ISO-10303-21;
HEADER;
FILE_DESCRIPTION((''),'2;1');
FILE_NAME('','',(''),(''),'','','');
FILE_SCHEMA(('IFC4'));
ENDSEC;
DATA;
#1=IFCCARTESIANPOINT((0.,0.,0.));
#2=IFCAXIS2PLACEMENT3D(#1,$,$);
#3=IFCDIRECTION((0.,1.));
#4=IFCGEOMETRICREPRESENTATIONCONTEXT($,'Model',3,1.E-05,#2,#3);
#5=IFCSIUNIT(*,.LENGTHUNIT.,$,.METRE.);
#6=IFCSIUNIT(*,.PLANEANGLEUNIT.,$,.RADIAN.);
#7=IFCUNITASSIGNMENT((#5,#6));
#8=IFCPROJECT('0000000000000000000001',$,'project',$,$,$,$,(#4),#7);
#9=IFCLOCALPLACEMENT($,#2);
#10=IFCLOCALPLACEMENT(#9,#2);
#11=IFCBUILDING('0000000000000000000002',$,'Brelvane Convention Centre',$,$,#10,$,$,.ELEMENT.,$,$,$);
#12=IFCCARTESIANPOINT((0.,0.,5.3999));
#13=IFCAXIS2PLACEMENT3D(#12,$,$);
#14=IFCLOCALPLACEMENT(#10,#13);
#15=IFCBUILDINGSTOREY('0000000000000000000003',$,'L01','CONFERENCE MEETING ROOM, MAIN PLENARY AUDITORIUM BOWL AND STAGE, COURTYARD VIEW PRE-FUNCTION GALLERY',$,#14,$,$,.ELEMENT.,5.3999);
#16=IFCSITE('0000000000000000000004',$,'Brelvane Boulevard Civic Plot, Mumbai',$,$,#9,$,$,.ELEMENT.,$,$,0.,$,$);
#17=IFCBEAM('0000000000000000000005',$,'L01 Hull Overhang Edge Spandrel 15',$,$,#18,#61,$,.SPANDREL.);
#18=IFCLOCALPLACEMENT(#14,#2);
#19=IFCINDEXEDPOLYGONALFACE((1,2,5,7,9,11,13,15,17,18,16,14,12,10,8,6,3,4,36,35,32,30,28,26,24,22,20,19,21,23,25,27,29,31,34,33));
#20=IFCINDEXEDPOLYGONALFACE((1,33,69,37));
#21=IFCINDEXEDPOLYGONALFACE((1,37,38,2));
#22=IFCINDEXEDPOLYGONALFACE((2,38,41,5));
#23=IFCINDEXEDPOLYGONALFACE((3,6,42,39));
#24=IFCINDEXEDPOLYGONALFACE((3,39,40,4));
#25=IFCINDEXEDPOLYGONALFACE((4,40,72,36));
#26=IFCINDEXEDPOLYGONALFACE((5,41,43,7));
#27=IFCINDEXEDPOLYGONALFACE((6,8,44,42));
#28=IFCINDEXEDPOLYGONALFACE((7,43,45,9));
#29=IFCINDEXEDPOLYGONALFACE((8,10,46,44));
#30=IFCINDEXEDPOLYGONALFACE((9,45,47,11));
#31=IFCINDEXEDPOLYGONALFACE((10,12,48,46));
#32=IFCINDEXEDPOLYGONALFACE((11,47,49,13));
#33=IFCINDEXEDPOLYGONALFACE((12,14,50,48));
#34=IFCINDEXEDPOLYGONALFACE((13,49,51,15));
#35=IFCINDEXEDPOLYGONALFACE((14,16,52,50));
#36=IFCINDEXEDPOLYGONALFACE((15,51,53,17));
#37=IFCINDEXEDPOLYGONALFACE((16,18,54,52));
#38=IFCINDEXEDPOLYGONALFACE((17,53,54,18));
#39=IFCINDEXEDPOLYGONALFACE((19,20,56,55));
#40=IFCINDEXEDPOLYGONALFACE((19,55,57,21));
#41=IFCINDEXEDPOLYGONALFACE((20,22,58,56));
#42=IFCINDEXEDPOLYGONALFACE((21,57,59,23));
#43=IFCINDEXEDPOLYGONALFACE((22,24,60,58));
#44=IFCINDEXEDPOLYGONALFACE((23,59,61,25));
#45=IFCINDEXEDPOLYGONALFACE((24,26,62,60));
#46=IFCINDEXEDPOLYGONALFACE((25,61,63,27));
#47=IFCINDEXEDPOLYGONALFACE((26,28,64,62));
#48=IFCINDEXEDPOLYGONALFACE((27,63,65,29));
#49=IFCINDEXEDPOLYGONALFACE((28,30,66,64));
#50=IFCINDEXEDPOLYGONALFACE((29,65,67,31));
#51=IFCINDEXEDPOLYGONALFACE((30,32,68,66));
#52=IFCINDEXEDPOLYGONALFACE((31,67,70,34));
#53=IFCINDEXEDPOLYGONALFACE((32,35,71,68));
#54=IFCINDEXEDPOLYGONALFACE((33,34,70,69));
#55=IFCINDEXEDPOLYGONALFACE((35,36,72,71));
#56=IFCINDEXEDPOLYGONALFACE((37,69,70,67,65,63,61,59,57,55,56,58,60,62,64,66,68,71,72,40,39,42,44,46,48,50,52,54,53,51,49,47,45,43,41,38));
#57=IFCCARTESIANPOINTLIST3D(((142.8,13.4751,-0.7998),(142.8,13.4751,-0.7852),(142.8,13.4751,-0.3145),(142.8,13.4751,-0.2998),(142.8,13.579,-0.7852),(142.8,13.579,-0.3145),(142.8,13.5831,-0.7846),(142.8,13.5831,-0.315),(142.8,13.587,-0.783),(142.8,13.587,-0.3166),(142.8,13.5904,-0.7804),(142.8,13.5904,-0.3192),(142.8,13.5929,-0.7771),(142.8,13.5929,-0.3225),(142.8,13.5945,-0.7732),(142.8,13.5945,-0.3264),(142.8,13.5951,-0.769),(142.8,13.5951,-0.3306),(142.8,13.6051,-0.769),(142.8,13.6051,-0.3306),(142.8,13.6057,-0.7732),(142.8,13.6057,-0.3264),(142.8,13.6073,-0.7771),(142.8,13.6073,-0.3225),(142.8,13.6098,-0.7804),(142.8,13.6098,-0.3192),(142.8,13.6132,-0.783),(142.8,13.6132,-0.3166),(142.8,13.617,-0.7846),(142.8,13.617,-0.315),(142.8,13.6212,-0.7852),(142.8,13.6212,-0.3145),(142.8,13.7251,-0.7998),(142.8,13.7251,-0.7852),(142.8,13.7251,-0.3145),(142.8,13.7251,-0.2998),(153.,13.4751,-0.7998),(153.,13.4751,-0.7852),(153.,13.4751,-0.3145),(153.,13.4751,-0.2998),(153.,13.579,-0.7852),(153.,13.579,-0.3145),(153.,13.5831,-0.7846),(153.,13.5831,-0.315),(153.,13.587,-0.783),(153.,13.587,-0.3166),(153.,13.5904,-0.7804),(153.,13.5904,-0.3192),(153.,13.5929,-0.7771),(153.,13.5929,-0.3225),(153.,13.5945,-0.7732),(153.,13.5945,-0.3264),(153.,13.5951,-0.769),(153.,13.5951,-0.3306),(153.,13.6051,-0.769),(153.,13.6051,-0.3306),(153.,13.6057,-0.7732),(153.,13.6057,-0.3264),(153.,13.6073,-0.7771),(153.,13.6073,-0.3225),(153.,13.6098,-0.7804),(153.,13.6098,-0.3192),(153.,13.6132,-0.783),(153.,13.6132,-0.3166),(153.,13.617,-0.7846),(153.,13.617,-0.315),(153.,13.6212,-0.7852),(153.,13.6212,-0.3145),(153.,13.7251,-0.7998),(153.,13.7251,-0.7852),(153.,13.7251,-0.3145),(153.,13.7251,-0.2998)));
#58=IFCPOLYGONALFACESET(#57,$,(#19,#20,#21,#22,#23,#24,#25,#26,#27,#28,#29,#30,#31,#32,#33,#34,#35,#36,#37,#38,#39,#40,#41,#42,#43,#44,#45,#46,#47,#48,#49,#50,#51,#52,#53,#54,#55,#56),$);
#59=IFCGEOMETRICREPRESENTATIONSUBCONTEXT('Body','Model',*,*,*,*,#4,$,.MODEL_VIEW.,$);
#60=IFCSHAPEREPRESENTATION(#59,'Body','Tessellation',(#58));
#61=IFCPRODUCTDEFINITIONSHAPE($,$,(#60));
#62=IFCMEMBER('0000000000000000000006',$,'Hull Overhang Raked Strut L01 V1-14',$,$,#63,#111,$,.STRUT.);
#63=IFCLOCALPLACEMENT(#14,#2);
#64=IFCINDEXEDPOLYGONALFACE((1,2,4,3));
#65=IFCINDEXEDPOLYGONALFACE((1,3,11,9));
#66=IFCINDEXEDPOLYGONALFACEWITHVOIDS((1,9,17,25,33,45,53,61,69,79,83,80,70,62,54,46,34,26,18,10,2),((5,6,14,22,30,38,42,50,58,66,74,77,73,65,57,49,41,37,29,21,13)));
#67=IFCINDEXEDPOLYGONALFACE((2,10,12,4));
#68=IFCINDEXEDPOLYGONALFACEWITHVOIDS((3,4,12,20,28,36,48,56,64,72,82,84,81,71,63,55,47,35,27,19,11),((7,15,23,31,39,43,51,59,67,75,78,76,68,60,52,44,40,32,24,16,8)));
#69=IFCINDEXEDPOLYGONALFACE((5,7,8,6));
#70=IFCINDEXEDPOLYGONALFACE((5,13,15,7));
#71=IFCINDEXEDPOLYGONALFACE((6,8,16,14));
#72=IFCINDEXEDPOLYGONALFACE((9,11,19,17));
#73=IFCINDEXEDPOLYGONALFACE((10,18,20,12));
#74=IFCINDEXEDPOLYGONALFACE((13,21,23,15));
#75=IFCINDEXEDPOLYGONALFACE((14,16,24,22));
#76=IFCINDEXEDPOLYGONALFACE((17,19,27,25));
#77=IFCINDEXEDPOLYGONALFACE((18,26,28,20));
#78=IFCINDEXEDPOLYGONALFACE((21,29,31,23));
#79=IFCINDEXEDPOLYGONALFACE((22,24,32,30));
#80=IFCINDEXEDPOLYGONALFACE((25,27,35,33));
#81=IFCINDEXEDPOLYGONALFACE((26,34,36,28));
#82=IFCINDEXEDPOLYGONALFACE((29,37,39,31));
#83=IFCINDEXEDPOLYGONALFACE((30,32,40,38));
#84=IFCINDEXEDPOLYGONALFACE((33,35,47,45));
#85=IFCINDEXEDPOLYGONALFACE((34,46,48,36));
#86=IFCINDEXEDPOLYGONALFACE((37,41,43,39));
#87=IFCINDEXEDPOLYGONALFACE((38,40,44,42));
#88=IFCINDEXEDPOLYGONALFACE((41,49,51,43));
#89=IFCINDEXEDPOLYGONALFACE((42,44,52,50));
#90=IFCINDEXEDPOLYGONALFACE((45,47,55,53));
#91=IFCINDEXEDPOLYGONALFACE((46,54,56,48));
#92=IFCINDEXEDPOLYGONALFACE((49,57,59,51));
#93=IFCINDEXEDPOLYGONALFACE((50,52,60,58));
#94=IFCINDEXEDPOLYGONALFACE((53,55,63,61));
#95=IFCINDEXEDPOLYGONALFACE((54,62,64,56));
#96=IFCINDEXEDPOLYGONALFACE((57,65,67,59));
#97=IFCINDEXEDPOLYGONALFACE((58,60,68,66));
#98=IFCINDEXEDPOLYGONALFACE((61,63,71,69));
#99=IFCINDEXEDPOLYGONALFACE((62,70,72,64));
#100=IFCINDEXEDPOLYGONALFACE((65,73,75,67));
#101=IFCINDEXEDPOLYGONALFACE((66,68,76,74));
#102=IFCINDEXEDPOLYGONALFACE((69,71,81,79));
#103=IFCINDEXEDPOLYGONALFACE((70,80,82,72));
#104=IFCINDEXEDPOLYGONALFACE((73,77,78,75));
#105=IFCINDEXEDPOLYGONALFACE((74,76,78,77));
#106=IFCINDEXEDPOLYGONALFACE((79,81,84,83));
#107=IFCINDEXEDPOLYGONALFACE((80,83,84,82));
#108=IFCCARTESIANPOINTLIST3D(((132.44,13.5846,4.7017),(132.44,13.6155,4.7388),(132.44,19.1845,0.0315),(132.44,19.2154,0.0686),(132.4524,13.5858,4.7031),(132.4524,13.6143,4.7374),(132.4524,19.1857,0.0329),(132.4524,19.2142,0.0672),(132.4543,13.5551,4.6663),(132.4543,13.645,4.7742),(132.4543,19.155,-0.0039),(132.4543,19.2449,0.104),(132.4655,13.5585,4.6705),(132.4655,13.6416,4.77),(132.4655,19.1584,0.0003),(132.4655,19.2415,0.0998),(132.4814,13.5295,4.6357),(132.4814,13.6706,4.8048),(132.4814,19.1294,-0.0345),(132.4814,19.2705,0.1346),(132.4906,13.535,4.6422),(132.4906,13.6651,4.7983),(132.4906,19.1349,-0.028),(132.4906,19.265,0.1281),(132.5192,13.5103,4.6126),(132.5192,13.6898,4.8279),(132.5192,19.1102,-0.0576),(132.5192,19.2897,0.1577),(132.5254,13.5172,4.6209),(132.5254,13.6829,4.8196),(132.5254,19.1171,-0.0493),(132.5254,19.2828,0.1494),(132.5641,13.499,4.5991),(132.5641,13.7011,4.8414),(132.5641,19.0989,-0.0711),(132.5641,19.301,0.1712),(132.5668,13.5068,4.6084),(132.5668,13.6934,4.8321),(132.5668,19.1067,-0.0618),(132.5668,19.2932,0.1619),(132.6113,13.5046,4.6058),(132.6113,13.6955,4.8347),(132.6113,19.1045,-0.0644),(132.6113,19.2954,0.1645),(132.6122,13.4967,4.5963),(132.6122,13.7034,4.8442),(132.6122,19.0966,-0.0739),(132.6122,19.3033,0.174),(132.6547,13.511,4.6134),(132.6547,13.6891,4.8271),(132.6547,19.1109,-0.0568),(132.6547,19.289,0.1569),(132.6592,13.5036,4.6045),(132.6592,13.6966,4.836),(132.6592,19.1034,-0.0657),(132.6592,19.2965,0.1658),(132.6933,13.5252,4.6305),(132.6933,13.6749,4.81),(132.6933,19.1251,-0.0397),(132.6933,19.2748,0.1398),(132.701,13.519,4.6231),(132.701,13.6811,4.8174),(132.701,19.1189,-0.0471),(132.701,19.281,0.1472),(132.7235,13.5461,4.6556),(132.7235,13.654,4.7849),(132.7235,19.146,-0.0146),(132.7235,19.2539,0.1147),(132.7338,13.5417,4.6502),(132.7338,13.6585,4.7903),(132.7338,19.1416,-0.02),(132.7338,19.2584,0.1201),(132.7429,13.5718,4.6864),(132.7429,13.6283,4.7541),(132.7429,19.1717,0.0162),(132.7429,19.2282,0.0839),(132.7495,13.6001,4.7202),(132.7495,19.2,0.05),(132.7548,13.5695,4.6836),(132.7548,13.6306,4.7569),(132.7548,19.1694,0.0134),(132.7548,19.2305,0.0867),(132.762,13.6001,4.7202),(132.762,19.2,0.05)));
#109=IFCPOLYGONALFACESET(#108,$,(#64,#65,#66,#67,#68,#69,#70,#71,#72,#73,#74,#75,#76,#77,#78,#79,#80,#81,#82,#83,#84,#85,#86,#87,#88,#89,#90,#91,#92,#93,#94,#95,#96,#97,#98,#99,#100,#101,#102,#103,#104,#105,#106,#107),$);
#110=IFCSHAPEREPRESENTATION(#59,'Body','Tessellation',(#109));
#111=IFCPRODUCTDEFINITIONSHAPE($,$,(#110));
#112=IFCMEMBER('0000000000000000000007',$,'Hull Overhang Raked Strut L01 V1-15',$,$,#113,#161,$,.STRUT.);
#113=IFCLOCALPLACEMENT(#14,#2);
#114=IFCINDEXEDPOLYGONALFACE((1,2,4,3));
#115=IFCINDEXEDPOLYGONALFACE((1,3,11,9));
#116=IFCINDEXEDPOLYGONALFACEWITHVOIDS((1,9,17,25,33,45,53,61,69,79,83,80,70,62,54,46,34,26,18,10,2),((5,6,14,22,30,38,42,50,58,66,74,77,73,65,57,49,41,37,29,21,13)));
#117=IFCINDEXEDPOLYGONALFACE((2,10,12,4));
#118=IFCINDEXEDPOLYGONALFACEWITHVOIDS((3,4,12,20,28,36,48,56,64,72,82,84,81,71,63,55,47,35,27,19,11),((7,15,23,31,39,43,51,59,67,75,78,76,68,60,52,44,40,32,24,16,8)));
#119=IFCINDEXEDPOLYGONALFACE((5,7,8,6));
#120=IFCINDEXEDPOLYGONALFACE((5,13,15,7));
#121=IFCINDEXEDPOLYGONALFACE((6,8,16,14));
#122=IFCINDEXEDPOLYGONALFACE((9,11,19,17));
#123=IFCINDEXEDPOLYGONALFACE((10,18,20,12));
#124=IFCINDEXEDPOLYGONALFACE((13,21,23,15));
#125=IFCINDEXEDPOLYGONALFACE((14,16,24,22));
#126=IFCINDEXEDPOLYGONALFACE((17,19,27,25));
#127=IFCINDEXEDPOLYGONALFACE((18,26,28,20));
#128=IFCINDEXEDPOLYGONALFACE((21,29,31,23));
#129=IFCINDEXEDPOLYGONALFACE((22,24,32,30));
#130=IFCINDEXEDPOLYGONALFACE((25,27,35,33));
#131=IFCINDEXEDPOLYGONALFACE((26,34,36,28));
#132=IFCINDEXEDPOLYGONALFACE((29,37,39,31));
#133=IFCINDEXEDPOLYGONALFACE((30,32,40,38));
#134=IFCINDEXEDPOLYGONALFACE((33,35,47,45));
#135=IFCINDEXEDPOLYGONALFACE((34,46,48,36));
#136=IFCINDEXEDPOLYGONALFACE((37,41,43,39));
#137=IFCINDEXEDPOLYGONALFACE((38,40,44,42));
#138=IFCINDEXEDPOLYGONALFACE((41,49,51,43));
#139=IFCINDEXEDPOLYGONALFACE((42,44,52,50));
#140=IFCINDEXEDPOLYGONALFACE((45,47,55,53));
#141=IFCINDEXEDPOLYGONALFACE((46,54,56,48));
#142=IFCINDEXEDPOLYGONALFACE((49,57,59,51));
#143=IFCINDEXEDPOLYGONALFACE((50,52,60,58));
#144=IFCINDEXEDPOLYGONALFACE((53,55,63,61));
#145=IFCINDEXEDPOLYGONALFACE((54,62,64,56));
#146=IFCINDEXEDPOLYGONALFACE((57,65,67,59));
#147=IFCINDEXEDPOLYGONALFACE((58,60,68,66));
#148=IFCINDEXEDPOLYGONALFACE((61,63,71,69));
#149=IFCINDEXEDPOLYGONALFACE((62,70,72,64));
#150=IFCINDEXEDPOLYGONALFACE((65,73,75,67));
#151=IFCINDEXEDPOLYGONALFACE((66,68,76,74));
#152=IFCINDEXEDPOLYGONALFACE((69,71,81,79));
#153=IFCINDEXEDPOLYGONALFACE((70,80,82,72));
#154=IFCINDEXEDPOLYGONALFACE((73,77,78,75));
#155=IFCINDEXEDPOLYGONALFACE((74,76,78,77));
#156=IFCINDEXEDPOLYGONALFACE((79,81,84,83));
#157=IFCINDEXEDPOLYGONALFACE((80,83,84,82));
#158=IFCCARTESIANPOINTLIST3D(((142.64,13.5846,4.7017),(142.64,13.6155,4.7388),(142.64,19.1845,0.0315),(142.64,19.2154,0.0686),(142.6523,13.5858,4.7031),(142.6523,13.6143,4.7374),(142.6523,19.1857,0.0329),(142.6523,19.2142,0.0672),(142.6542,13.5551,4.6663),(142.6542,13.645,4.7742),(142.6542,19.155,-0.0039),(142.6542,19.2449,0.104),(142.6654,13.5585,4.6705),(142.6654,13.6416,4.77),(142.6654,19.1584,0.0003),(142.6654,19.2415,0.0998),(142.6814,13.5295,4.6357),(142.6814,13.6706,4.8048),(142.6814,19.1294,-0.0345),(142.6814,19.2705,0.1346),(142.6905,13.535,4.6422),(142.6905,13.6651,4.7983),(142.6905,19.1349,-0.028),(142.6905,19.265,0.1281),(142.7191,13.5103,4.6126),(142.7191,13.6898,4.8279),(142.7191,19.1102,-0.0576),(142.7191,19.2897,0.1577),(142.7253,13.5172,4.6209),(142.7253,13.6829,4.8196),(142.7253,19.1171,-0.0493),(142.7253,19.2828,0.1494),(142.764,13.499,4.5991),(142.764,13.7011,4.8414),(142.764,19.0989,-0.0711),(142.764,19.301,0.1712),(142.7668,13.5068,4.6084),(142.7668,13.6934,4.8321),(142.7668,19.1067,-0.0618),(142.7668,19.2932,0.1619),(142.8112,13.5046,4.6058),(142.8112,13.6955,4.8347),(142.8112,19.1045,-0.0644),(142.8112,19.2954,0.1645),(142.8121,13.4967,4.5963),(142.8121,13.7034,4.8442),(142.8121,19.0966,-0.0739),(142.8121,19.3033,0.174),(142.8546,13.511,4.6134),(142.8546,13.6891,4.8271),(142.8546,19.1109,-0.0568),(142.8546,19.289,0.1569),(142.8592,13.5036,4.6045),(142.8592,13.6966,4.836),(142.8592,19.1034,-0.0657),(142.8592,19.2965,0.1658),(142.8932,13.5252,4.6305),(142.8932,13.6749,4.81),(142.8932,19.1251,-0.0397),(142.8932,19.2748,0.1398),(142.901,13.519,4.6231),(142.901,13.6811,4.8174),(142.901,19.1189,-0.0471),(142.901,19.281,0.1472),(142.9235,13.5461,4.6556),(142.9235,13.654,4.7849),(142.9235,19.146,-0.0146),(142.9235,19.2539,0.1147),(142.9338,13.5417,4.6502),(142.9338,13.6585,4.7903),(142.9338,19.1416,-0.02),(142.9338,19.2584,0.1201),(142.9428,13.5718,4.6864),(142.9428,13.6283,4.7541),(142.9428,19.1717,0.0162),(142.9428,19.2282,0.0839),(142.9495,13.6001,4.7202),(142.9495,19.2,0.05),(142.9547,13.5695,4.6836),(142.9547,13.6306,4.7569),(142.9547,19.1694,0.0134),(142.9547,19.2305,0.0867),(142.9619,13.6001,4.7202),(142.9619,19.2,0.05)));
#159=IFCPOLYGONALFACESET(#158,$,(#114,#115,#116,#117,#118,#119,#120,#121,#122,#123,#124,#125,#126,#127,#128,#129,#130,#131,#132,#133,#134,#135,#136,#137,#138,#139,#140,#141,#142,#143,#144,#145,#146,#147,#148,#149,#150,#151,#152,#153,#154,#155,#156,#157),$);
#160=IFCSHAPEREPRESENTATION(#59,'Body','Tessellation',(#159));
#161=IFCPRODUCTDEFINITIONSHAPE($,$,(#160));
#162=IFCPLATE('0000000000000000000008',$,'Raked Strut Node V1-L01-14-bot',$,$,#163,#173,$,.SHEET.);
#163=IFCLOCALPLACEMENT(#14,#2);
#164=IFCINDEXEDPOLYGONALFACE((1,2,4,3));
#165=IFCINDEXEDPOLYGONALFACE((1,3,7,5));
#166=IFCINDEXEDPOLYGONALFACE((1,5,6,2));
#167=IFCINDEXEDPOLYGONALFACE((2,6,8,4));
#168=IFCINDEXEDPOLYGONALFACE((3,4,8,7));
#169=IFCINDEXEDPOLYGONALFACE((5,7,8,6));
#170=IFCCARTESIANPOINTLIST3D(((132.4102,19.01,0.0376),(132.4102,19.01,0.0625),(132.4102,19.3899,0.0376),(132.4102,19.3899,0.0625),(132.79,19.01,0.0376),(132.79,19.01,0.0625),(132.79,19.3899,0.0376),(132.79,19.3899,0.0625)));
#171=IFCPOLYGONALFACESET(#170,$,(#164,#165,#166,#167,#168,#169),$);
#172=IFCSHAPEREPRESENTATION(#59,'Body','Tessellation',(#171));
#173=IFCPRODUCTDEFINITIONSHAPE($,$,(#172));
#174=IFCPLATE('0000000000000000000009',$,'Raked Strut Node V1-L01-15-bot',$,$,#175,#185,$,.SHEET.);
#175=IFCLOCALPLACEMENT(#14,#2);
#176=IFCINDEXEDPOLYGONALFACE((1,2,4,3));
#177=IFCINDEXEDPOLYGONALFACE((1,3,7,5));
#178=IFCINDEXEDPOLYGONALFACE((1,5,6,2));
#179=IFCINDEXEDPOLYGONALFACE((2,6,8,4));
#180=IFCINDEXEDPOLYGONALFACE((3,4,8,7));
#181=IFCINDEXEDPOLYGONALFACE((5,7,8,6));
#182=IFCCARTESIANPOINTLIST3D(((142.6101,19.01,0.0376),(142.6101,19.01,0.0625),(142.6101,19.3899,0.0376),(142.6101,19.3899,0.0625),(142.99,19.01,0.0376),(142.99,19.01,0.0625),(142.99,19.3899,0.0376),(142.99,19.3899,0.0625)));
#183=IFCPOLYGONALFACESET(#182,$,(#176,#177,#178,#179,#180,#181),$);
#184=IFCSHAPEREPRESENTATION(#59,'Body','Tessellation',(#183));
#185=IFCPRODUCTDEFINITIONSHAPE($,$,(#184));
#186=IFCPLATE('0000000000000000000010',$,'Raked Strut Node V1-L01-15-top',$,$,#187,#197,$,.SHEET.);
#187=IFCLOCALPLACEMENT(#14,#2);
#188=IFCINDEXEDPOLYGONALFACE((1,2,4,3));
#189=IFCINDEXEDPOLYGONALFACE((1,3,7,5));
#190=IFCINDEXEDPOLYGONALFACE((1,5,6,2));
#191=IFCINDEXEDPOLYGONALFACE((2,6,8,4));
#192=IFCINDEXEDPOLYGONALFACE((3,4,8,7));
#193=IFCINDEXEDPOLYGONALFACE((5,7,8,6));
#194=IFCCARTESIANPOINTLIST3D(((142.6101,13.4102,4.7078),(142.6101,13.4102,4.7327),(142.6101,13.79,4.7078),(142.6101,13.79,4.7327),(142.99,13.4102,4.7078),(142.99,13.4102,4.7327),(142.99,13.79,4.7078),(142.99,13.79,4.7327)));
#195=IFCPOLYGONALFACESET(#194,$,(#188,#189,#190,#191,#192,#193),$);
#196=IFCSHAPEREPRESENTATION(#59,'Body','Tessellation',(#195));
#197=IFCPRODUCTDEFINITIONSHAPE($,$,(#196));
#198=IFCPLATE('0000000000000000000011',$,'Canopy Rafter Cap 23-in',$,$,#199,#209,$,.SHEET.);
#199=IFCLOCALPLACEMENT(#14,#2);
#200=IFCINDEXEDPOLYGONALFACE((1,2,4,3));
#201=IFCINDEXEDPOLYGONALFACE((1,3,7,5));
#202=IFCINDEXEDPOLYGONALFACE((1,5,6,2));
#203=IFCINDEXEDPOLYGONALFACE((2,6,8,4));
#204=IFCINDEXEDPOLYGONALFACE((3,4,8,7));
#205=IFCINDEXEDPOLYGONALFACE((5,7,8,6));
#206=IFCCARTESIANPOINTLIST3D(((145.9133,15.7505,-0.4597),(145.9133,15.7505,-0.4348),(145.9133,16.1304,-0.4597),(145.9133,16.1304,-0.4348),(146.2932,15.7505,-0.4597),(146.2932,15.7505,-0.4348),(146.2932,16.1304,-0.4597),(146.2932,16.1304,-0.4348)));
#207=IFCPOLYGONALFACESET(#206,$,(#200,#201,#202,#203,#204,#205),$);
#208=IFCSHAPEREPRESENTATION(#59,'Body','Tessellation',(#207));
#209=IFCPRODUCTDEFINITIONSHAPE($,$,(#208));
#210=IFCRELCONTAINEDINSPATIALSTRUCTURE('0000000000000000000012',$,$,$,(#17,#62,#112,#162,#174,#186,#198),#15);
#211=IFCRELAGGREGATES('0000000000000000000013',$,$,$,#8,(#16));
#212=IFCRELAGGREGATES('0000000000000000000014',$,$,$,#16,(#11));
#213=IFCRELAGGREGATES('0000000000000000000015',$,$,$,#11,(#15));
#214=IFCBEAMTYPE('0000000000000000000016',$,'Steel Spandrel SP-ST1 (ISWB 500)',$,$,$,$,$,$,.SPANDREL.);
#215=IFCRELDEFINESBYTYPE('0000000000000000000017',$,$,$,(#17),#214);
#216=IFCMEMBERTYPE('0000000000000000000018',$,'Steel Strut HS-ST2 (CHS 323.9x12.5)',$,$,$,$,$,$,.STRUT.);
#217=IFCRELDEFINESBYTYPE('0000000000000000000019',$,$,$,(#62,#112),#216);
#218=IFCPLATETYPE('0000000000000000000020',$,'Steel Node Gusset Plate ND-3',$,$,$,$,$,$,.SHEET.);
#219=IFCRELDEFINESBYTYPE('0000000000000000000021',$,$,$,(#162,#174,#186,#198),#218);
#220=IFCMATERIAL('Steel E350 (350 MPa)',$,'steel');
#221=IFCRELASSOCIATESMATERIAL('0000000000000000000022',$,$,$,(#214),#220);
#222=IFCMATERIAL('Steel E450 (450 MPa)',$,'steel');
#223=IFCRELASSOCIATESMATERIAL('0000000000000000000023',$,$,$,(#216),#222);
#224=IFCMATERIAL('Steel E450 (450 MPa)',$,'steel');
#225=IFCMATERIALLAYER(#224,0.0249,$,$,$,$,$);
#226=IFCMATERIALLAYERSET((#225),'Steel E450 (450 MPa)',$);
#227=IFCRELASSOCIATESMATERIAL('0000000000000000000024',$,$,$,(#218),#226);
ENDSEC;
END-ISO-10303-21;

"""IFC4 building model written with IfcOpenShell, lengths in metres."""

from ifc_helpers import new_model, si_unit, direction, frame, origin, origin_2d, place, context, subcontext, project, spatial, rectangle, hollow_circle, i_section, extrude, material, layer, layer_set, material_profile, profile_set, type_object, element, save


model = new_model("IFC4")

# Units and contexts
model_context = context("Model", 3, precision=1e-05, world=origin(), true_north=direction((0.0, 1.0)))
body_context = subcontext(model_context, "Body", "Model", "MODEL_VIEW")
ifc_project = project(units=[si_unit("LENGTHUNIT", "METRE"), si_unit("PLANEANGLEUNIT", "RADIAN")], contexts=[model_context])

# Site, building, storey
site_placement = place(None, origin())
site = spatial("IfcSite", under=ifc_project, at=site_placement, Name="Brelvane Boulevard Civic Plot, Mumbai", CompositionType="ELEMENT", RefElevation=0.0)
building_placement = place(site_placement, origin())
building = spatial("IfcBuilding", under=site, at=building_placement, Name="Brelvane Convention Centre", CompositionType="ELEMENT")
storey_placement = place(building_placement, frame((0.0, 0.0, 5.3999)))
storey = spatial("IfcBuildingStorey", under=building, at=storey_placement, Name="L01", Description="CONFERENCE MEETING ROOM, MAIN PLENARY AUDITORIUM BOWL AND STAGE, COURTYARD VIEW PRE-FUNCTION GALLERY", CompositionType="ELEMENT", Elevation=5.3999)

# Beam
ifc_material_1 = material(Name="Steel E350 (350 MPa)", Category="steel")
ifc_material_profile_1 = material_profile(ifc_material_1, i_section(OverallWidth=0.25, OverallDepth=0.5, WebThickness=0.01, FlangeThickness=0.0146, FilletRadius=0.0161, at=origin_2d()), Name="ISWB 500")
ifc_profile_set_1 = profile_set([ifc_material_profile_1], Name="Steel E350 (350 MPa)")
beam_type_1 = type_object("IfcBeamType", Name="Steel Spandrel SP-ST1 (ISWB 500)", PredefinedType="SPANDREL", material=ifc_profile_set_1)
beam_1_placement = place(storey_placement, frame((142.8, 13.6001, -0.5498), z_axis=(1.0, 0.0, 0.0), x_axis=(0.0, 1.0, 0.0)))
element("IfcBeam", 1, at=beam_1_placement, inside=storey, type_object=beam_type_1, Name="L01 Hull Overhang Edge Spandrel 15", PredefinedType="SPANDREL", context=body_context, shape_type="SweptSolid", body=[
    extrude(i_section(OverallWidth=0.25, OverallDepth=0.5, WebThickness=0.01, FlangeThickness=0.0146, FilletRadius=0.0161, at=origin_2d()), origin(), (0.0, 0.0, 1.0), 10.2),
])

# Members
ifc_material_2 = material(Name="Steel E450 (450 MPa)", Category="steel")
ifc_material_profile_2 = material_profile(ifc_material_2, hollow_circle(Radius=0.1619, WallThickness=0.0125, at=origin_2d()), Name="CHS 323.9x12.5")
ifc_profile_set_2 = profile_set([ifc_material_profile_2], Name="Steel E450 (450 MPa)")
member_type_1 = type_object("IfcMemberType", Name="Steel Strut HS-ST2 (CHS 323.9x12.5)", PredefinedType="STRUT", material=ifc_profile_set_2)
for number, where, z_axis, x_axis, name in (
    (2, (132.6001, 19.2, 0.05), (0.0, -0.767977, 0.640477), (1.0, 0.0, 0.0), "Hull Overhang Raked Strut L01 V1-14"),
    (3, (142.8, 19.2, 0.05), (0.0, -0.767977, 0.640477), (1.0, 0.0, 0.0), "Hull Overhang Raked Strut L01 V1-15"),
):
    element("IfcMember", number, at=place(storey_placement, frame(where, z_axis=z_axis, x_axis=x_axis)), inside=storey, type_object=member_type_1, Name=name, PredefinedType="STRUT", context=body_context, shape_type="SweptSolid", body=[
        extrude(hollow_circle(Radius=0.1619, WallThickness=0.0125, at=origin_2d()), origin(), (0.0, 0.0, 1.0), 7.2917),
    ])

# Plates
ifc_material_3 = material(Name="Steel E450 (450 MPa)", Category="steel")
ifc_layer_1 = layer(ifc_material_3, 0.0249)
ifc_layer_set_1 = layer_set([ifc_layer_1], Name="Steel E450 (450 MPa)")
plate_type = type_object("IfcPlateType", Name="Steel Node Gusset Plate ND-3", PredefinedType="SHEET", material=ifc_layer_set_1)
for number, where, z_axis, x_axis, name in (
    (4, (132.6001, 19.2, 0.0376), (0.0, 0.0, 1.0), (1.0, 0.0, 0.0), "Raked Strut Node V1-L01-14-bot"),
    (5, (142.8, 19.2, 0.0376), (0.0, 0.0, 1.0), (1.0, 0.0, 0.0), "Raked Strut Node V1-L01-15-bot"),
    (6, (142.8, 13.6001, 4.7078), (0.0, 0.0, 1.0), (1.0, 0.0, 0.0), "Raked Strut Node V1-L01-15-top"),
    (7, (146.1033, 15.9404, -0.4597), (0.0, 0.0, 1.0), (1.0, 0.0, 0.0), "Canopy Rafter Cap 23-in"),
):
    element("IfcPlate", number, at=place(storey_placement, frame(where, z_axis=z_axis, x_axis=x_axis)), inside=storey, type_object=plate_type, Name=name, PredefinedType="SHEET", context=body_context, shape_type="SweptSolid", body=[
        extrude(rectangle(XDim=0.3799, YDim=0.3799, at=origin_2d()), origin(), (0.0, 0.0, 1.0), 0.0249),
    ])

save(model, "model.ifc")
